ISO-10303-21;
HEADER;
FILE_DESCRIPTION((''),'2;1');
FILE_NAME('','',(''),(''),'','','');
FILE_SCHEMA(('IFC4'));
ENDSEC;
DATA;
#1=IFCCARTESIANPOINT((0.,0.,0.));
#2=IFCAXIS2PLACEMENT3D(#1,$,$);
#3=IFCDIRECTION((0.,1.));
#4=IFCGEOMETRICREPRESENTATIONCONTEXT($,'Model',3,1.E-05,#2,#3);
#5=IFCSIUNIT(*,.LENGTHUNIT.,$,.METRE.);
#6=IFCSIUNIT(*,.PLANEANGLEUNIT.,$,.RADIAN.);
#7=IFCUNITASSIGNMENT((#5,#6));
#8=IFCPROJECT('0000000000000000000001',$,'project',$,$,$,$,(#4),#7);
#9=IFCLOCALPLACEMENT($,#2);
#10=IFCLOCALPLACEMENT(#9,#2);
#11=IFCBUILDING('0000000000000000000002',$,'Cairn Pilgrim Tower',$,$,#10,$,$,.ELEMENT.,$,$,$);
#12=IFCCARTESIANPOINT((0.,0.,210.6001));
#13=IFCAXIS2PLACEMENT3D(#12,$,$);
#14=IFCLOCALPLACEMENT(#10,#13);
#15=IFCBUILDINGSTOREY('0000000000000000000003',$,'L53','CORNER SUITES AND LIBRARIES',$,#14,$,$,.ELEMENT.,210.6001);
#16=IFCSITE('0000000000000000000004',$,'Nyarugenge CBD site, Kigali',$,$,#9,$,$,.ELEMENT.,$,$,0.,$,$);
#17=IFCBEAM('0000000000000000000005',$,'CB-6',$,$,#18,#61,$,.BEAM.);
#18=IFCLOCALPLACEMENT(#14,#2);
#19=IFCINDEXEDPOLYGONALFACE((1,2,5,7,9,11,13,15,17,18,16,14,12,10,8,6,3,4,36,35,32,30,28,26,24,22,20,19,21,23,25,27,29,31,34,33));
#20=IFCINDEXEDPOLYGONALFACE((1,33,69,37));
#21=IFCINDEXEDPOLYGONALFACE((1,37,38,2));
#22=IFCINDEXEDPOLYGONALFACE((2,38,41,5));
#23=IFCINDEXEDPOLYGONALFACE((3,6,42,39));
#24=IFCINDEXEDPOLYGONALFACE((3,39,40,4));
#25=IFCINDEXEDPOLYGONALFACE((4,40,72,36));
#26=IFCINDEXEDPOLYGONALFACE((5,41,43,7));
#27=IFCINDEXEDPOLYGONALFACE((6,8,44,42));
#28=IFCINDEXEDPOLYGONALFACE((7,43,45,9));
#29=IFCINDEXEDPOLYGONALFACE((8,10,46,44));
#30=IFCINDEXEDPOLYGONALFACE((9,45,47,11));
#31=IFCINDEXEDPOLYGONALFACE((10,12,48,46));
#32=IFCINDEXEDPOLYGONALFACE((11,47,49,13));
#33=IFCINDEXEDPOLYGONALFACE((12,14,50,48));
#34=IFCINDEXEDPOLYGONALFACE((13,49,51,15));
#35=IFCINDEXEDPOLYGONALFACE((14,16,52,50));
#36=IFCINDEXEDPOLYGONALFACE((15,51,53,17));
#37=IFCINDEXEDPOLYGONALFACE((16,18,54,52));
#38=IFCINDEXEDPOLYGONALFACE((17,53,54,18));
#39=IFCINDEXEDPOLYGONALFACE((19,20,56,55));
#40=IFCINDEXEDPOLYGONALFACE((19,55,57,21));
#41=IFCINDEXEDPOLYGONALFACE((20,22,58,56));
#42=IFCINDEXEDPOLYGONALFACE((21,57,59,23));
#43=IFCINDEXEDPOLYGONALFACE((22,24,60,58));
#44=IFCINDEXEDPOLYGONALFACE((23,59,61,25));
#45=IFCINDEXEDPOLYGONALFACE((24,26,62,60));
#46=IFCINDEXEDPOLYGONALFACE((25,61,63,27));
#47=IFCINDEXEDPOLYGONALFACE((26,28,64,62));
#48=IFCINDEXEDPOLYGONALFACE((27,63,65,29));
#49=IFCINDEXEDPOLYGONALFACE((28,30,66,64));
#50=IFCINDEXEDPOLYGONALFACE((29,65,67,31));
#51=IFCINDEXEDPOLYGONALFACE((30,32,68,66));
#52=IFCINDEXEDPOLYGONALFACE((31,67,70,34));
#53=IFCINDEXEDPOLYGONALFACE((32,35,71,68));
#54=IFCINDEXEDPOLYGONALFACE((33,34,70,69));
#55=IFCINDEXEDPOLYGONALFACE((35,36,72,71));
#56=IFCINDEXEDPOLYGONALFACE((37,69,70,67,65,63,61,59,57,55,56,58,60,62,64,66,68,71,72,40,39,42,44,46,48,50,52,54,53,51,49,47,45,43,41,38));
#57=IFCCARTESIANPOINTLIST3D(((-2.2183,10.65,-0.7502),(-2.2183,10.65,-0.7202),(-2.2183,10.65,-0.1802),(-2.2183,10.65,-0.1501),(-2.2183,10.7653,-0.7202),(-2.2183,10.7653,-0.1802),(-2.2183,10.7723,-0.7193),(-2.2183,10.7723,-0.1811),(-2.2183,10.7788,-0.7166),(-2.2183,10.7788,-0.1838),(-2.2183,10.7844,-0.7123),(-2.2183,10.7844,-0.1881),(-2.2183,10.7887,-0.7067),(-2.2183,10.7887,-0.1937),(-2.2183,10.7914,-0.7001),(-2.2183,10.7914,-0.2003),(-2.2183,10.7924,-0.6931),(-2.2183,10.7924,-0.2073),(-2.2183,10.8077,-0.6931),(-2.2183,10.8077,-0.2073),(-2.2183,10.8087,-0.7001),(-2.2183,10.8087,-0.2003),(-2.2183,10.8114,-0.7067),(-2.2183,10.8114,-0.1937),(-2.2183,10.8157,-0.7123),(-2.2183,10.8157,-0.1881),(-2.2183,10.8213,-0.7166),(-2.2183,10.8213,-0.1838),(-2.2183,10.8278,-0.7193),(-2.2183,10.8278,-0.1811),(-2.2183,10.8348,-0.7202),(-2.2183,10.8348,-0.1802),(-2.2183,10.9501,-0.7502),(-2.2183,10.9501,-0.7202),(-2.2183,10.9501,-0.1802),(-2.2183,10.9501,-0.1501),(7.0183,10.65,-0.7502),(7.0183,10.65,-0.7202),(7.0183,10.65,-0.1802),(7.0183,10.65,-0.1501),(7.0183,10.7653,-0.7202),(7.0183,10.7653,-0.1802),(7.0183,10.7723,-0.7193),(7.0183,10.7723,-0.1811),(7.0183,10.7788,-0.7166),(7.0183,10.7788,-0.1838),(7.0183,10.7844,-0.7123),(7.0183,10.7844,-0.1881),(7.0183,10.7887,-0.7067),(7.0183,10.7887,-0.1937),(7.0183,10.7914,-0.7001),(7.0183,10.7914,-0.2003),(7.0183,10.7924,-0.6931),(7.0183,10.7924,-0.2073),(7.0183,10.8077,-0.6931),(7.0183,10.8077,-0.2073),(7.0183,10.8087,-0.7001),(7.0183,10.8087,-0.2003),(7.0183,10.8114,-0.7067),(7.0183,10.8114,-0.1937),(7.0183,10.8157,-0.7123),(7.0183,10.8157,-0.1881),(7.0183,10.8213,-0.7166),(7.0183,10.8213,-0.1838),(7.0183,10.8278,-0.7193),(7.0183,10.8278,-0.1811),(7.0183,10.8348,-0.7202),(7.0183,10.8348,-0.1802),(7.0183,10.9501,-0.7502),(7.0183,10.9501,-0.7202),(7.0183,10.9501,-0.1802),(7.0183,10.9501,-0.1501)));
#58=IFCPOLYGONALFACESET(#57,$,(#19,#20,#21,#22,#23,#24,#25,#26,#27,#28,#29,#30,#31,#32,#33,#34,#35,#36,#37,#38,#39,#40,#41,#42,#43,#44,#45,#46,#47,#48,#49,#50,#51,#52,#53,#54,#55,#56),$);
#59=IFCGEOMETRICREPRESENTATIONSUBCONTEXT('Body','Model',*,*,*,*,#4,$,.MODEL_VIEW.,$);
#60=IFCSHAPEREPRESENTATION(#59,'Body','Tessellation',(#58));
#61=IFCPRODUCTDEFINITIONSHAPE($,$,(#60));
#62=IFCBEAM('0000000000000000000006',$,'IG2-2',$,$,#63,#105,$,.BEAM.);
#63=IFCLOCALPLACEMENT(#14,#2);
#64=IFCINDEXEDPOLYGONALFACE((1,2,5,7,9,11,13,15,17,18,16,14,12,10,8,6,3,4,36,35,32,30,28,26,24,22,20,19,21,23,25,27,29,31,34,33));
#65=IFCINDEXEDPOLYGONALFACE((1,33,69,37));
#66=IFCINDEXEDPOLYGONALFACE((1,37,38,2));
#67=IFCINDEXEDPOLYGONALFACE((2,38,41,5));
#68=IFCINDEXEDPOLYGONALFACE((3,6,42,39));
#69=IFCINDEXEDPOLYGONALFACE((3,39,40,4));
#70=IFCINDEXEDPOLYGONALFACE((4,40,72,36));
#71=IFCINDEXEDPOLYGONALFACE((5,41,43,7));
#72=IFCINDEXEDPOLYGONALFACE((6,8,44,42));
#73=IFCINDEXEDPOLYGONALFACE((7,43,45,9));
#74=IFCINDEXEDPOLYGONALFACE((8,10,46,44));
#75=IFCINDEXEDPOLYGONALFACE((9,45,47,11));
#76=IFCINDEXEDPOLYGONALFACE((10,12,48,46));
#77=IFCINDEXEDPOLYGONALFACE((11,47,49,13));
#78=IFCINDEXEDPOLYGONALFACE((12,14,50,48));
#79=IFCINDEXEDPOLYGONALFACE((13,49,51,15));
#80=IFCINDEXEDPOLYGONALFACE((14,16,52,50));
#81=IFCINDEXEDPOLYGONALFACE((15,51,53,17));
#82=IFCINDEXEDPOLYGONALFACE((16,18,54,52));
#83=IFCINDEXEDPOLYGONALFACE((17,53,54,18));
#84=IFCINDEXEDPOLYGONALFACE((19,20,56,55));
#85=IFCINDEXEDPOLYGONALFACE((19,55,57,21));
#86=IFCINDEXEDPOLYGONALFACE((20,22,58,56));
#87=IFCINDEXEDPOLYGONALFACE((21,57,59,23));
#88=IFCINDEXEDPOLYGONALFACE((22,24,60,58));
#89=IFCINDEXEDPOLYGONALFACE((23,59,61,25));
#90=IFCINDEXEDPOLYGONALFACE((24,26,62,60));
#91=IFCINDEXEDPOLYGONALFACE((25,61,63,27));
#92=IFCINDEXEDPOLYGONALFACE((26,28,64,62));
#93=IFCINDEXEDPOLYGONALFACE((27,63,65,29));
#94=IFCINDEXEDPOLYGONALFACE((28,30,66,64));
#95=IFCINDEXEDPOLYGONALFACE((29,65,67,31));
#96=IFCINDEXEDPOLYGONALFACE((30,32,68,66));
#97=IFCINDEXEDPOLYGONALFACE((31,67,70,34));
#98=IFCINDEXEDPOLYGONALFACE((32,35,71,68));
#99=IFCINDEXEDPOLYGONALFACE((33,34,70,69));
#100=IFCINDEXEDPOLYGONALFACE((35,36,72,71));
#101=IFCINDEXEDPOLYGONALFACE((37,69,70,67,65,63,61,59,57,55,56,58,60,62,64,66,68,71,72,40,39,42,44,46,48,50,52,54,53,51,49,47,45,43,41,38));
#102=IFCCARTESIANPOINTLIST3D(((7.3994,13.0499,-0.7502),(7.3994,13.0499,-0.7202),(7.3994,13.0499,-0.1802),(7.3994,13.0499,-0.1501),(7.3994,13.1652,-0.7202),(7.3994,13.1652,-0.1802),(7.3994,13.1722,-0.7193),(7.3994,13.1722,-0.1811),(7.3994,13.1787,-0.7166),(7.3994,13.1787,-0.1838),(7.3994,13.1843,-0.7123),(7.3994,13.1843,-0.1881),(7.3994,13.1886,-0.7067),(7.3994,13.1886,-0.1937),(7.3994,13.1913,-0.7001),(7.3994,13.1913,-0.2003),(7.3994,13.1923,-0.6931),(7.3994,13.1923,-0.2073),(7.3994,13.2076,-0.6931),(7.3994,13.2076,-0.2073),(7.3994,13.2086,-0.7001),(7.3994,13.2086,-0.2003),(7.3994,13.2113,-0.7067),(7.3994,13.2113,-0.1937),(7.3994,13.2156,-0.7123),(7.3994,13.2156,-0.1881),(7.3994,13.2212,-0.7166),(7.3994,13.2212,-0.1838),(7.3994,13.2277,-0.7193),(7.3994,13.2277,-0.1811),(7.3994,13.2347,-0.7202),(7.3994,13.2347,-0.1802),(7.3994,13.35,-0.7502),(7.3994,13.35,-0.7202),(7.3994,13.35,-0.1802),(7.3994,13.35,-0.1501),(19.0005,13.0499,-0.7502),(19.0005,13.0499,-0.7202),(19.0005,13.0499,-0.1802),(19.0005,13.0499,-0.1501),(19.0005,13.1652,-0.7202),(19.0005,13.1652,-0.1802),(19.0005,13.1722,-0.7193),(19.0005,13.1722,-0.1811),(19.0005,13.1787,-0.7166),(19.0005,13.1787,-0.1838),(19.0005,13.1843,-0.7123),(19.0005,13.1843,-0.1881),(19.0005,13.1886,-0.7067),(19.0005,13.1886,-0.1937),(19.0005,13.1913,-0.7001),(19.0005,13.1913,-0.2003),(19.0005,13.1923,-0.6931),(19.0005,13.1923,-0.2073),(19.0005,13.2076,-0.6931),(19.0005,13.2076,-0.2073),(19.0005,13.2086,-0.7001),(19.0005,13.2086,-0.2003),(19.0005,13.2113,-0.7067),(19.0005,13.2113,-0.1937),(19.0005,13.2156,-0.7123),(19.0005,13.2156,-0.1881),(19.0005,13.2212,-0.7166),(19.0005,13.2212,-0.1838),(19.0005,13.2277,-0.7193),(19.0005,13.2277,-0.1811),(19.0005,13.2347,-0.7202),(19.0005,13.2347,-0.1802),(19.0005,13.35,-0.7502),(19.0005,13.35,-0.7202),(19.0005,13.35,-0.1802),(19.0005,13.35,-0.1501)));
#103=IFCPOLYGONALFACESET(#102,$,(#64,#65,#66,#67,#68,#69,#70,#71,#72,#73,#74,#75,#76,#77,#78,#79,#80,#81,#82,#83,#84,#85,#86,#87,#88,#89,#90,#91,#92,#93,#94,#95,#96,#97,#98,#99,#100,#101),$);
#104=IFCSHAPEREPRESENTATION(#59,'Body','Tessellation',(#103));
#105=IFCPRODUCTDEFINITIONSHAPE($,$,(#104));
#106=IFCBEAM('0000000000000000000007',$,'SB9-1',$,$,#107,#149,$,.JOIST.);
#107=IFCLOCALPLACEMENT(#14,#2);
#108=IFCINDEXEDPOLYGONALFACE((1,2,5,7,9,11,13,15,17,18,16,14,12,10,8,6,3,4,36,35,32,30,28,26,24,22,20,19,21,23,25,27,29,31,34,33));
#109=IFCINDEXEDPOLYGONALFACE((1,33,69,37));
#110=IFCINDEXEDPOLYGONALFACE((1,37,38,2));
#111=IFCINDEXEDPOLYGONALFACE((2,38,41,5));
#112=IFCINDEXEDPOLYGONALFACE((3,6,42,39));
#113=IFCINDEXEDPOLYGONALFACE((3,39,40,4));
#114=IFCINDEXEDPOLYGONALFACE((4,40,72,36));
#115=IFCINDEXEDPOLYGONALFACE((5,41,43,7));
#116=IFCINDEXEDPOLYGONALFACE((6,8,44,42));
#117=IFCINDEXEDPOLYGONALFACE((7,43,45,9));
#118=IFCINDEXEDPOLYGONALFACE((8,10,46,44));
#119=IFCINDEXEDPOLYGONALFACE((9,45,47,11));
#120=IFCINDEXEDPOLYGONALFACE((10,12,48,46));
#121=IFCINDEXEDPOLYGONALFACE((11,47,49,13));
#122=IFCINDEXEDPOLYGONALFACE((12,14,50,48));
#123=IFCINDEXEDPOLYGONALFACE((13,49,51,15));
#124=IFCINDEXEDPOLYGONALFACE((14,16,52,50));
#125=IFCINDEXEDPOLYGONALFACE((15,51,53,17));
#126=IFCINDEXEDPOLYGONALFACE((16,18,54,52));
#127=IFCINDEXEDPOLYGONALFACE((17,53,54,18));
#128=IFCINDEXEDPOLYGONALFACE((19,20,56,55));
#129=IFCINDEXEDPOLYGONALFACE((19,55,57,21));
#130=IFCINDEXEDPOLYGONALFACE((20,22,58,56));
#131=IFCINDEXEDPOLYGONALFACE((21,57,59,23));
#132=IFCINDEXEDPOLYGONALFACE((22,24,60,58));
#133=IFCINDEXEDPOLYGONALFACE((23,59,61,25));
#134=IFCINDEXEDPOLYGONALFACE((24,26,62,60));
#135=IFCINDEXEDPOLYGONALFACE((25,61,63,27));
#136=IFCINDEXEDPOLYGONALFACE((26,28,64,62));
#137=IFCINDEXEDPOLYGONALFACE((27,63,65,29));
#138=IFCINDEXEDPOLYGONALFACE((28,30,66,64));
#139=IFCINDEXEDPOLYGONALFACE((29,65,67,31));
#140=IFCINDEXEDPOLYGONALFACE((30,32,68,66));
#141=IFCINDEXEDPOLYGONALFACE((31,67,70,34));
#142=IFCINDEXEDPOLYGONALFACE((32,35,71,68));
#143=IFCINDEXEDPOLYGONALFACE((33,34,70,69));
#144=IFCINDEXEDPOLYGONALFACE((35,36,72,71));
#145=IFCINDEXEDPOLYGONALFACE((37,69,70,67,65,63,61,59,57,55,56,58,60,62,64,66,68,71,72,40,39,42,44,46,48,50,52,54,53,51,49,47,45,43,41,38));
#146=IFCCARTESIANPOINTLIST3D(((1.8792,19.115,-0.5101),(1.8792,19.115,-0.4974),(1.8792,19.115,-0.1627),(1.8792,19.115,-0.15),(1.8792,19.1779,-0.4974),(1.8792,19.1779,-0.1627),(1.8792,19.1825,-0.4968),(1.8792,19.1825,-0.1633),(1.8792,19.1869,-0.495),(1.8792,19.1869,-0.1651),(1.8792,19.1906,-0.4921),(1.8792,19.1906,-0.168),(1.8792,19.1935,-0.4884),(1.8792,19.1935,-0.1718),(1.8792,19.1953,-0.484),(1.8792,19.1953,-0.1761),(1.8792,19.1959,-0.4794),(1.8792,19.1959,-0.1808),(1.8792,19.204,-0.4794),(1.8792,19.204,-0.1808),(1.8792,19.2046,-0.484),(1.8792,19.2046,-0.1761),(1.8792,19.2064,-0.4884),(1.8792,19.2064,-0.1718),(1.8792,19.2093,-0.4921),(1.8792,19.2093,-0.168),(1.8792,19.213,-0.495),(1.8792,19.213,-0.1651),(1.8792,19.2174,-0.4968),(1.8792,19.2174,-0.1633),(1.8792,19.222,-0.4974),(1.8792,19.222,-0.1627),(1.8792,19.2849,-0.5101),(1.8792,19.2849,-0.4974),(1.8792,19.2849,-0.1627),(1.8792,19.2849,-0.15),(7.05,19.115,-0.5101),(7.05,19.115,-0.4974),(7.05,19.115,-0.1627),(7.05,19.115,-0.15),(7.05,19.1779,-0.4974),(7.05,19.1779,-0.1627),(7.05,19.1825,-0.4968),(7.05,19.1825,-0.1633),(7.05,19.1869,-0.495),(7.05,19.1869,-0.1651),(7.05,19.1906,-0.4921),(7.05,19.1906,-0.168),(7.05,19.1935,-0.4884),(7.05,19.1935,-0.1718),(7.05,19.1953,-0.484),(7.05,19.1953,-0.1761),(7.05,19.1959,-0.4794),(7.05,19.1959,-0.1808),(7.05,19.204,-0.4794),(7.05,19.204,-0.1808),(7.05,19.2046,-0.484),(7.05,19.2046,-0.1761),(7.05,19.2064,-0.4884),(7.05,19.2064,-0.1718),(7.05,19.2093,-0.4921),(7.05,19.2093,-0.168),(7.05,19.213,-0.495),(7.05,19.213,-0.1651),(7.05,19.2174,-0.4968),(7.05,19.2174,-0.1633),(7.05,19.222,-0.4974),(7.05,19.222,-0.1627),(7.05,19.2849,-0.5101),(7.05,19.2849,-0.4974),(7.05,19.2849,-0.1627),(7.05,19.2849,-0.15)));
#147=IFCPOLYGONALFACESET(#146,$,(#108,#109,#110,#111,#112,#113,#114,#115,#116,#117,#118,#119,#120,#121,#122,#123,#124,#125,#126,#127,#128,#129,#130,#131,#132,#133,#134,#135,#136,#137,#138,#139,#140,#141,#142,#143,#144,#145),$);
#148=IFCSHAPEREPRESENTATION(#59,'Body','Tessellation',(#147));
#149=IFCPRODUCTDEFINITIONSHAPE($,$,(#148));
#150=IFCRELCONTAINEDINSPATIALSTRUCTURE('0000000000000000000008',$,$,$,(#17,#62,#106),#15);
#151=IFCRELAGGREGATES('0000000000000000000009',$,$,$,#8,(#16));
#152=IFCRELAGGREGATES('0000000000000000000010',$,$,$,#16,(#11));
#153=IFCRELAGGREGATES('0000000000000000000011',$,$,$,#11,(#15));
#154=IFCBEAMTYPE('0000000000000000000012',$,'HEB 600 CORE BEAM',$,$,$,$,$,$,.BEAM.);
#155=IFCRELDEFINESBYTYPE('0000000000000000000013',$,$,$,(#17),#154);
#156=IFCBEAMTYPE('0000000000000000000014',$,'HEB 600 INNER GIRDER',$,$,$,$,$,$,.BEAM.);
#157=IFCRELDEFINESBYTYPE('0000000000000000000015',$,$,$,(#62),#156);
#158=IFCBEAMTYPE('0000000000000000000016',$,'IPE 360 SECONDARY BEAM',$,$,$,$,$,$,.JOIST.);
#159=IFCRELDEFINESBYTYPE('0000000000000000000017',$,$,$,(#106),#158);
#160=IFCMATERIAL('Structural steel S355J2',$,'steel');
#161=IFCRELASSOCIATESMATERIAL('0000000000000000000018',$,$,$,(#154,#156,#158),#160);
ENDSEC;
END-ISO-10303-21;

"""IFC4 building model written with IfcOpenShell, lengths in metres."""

from ifc_helpers import new_model, si_unit, direction, frame, origin, origin_2d, place, context, subcontext, project, spatial, i_section, extrude, material, material_profile, profile_set, type_object, element, save


model = new_model("IFC4")

# Units and contexts
model_context = context("Model", 3, precision=1e-05, world=origin(), true_north=direction((0.0, 1.0)))
body_context = subcontext(model_context, "Body", "Model", "MODEL_VIEW")
ifc_project = project(units=[si_unit("LENGTHUNIT", "METRE"), si_unit("PLANEANGLEUNIT", "RADIAN")], contexts=[model_context])

# Site, building, storey
site_placement = place(None, origin())
site = spatial("IfcSite", under=ifc_project, at=site_placement, Name="Nyarugenge CBD site, Kigali", CompositionType="ELEMENT", RefElevation=0.0)
building_placement = place(site_placement, origin())
building = spatial("IfcBuilding", under=site, at=building_placement, Name="Cairn Pilgrim Tower", CompositionType="ELEMENT")
storey_placement = place(building_placement, frame((0.0, 0.0, 210.6001)))
storey = spatial("IfcBuildingStorey", under=building, at=storey_placement, Name="L53", Description="CORNER SUITES AND LIBRARIES", CompositionType="ELEMENT", Elevation=210.6001)

# Shared definitions
ifc_material_1 = material(Name="Structural steel S355J2", Category="steel")

# Beams
ifc_material_profile_1 = material_profile(ifc_material_1, i_section(OverallWidth=0.3, OverallDepth=0.6001, WebThickness=0.0154, FlangeThickness=0.03, FilletRadius=0.0271, at=origin_2d()), Name="HEB 600")
ifc_profile_set_1 = profile_set([ifc_material_profile_1], Name="Structural steel S355J2")
beam_type_1 = type_object("IfcBeamType", Name="HEB 600 CORE BEAM", PredefinedType="BEAM", material=ifc_profile_set_1)
beam_1_placement = place(storey_placement, frame((7.0183, 10.8, -0.4502), z_axis=(-1.0, 0.0, 0.0), x_axis=(0.0, -1.0, 0.0)))
element("IfcBeam", 1, at=beam_1_placement, inside=storey, type_object=beam_type_1, Name="CB-6", PredefinedType="BEAM", context=body_context, shape_type="SweptSolid", body=[
    extrude(i_section(OverallWidth=0.3, OverallDepth=0.6001, WebThickness=0.0154, FlangeThickness=0.03, FilletRadius=0.0271, at=origin_2d()), origin(), (0.0, 0.0, 1.0), 9.2366),
])
ifc_material_profile_2 = material_profile(ifc_material_1, i_section(OverallWidth=0.3, OverallDepth=0.6001, WebThickness=0.0154, FlangeThickness=0.03, FilletRadius=0.0271, at=origin_2d()), Name="HEB 600")
ifc_profile_set_2 = profile_set([ifc_material_profile_2], Name="Structural steel S355J2")
beam_type_2 = type_object("IfcBeamType", Name="HEB 600 INNER GIRDER", PredefinedType="BEAM", material=ifc_profile_set_2)
beam_2_placement = place(storey_placement, frame((7.3994, 13.2, -0.4502), z_axis=(1.0, 0.0, 0.0), x_axis=(0.0, 1.0, 0.0)))
element("IfcBeam", 2, at=beam_2_placement, inside=storey, type_object=beam_type_2, Name="IG2-2", PredefinedType="BEAM", context=body_context, shape_type="SweptSolid", body=[
    extrude(i_section(OverallWidth=0.3, OverallDepth=0.6001, WebThickness=0.0154, FlangeThickness=0.03, FilletRadius=0.0271, at=origin_2d()), origin(), (0.0, 0.0, 1.0), 11.6011),
])
ifc_material_profile_3 = material_profile(ifc_material_1, i_section(OverallWidth=0.1699, OverallDepth=0.3601, WebThickness=0.0081, FlangeThickness=0.0127, FilletRadius=0.0181, at=origin_2d()), Name="IPE 360")
ifc_profile_set_3 = profile_set([ifc_material_profile_3], Name="Structural steel S355J2")
beam_type_3 = type_object("IfcBeamType", Name="IPE 360 SECONDARY BEAM", PredefinedType="JOIST", material=ifc_profile_set_3)
beam_3_placement = place(storey_placement, frame((1.8792, 19.2, -0.3301), z_axis=(1.0, 0.0, 0.0), x_axis=(0.0, 1.0, 0.0)))
element("IfcBeam", 3, at=beam_3_placement, inside=storey, type_object=beam_type_3, Name="SB9-1", PredefinedType="JOIST", context=body_context, shape_type="SweptSolid", body=[
    extrude(i_section(OverallWidth=0.1699, OverallDepth=0.3601, WebThickness=0.0081, FlangeThickness=0.0127, FilletRadius=0.0181, at=origin_2d()), origin(), (0.0, 0.0, 1.0), 5.1709),
])

save(model, "model.ifc")
